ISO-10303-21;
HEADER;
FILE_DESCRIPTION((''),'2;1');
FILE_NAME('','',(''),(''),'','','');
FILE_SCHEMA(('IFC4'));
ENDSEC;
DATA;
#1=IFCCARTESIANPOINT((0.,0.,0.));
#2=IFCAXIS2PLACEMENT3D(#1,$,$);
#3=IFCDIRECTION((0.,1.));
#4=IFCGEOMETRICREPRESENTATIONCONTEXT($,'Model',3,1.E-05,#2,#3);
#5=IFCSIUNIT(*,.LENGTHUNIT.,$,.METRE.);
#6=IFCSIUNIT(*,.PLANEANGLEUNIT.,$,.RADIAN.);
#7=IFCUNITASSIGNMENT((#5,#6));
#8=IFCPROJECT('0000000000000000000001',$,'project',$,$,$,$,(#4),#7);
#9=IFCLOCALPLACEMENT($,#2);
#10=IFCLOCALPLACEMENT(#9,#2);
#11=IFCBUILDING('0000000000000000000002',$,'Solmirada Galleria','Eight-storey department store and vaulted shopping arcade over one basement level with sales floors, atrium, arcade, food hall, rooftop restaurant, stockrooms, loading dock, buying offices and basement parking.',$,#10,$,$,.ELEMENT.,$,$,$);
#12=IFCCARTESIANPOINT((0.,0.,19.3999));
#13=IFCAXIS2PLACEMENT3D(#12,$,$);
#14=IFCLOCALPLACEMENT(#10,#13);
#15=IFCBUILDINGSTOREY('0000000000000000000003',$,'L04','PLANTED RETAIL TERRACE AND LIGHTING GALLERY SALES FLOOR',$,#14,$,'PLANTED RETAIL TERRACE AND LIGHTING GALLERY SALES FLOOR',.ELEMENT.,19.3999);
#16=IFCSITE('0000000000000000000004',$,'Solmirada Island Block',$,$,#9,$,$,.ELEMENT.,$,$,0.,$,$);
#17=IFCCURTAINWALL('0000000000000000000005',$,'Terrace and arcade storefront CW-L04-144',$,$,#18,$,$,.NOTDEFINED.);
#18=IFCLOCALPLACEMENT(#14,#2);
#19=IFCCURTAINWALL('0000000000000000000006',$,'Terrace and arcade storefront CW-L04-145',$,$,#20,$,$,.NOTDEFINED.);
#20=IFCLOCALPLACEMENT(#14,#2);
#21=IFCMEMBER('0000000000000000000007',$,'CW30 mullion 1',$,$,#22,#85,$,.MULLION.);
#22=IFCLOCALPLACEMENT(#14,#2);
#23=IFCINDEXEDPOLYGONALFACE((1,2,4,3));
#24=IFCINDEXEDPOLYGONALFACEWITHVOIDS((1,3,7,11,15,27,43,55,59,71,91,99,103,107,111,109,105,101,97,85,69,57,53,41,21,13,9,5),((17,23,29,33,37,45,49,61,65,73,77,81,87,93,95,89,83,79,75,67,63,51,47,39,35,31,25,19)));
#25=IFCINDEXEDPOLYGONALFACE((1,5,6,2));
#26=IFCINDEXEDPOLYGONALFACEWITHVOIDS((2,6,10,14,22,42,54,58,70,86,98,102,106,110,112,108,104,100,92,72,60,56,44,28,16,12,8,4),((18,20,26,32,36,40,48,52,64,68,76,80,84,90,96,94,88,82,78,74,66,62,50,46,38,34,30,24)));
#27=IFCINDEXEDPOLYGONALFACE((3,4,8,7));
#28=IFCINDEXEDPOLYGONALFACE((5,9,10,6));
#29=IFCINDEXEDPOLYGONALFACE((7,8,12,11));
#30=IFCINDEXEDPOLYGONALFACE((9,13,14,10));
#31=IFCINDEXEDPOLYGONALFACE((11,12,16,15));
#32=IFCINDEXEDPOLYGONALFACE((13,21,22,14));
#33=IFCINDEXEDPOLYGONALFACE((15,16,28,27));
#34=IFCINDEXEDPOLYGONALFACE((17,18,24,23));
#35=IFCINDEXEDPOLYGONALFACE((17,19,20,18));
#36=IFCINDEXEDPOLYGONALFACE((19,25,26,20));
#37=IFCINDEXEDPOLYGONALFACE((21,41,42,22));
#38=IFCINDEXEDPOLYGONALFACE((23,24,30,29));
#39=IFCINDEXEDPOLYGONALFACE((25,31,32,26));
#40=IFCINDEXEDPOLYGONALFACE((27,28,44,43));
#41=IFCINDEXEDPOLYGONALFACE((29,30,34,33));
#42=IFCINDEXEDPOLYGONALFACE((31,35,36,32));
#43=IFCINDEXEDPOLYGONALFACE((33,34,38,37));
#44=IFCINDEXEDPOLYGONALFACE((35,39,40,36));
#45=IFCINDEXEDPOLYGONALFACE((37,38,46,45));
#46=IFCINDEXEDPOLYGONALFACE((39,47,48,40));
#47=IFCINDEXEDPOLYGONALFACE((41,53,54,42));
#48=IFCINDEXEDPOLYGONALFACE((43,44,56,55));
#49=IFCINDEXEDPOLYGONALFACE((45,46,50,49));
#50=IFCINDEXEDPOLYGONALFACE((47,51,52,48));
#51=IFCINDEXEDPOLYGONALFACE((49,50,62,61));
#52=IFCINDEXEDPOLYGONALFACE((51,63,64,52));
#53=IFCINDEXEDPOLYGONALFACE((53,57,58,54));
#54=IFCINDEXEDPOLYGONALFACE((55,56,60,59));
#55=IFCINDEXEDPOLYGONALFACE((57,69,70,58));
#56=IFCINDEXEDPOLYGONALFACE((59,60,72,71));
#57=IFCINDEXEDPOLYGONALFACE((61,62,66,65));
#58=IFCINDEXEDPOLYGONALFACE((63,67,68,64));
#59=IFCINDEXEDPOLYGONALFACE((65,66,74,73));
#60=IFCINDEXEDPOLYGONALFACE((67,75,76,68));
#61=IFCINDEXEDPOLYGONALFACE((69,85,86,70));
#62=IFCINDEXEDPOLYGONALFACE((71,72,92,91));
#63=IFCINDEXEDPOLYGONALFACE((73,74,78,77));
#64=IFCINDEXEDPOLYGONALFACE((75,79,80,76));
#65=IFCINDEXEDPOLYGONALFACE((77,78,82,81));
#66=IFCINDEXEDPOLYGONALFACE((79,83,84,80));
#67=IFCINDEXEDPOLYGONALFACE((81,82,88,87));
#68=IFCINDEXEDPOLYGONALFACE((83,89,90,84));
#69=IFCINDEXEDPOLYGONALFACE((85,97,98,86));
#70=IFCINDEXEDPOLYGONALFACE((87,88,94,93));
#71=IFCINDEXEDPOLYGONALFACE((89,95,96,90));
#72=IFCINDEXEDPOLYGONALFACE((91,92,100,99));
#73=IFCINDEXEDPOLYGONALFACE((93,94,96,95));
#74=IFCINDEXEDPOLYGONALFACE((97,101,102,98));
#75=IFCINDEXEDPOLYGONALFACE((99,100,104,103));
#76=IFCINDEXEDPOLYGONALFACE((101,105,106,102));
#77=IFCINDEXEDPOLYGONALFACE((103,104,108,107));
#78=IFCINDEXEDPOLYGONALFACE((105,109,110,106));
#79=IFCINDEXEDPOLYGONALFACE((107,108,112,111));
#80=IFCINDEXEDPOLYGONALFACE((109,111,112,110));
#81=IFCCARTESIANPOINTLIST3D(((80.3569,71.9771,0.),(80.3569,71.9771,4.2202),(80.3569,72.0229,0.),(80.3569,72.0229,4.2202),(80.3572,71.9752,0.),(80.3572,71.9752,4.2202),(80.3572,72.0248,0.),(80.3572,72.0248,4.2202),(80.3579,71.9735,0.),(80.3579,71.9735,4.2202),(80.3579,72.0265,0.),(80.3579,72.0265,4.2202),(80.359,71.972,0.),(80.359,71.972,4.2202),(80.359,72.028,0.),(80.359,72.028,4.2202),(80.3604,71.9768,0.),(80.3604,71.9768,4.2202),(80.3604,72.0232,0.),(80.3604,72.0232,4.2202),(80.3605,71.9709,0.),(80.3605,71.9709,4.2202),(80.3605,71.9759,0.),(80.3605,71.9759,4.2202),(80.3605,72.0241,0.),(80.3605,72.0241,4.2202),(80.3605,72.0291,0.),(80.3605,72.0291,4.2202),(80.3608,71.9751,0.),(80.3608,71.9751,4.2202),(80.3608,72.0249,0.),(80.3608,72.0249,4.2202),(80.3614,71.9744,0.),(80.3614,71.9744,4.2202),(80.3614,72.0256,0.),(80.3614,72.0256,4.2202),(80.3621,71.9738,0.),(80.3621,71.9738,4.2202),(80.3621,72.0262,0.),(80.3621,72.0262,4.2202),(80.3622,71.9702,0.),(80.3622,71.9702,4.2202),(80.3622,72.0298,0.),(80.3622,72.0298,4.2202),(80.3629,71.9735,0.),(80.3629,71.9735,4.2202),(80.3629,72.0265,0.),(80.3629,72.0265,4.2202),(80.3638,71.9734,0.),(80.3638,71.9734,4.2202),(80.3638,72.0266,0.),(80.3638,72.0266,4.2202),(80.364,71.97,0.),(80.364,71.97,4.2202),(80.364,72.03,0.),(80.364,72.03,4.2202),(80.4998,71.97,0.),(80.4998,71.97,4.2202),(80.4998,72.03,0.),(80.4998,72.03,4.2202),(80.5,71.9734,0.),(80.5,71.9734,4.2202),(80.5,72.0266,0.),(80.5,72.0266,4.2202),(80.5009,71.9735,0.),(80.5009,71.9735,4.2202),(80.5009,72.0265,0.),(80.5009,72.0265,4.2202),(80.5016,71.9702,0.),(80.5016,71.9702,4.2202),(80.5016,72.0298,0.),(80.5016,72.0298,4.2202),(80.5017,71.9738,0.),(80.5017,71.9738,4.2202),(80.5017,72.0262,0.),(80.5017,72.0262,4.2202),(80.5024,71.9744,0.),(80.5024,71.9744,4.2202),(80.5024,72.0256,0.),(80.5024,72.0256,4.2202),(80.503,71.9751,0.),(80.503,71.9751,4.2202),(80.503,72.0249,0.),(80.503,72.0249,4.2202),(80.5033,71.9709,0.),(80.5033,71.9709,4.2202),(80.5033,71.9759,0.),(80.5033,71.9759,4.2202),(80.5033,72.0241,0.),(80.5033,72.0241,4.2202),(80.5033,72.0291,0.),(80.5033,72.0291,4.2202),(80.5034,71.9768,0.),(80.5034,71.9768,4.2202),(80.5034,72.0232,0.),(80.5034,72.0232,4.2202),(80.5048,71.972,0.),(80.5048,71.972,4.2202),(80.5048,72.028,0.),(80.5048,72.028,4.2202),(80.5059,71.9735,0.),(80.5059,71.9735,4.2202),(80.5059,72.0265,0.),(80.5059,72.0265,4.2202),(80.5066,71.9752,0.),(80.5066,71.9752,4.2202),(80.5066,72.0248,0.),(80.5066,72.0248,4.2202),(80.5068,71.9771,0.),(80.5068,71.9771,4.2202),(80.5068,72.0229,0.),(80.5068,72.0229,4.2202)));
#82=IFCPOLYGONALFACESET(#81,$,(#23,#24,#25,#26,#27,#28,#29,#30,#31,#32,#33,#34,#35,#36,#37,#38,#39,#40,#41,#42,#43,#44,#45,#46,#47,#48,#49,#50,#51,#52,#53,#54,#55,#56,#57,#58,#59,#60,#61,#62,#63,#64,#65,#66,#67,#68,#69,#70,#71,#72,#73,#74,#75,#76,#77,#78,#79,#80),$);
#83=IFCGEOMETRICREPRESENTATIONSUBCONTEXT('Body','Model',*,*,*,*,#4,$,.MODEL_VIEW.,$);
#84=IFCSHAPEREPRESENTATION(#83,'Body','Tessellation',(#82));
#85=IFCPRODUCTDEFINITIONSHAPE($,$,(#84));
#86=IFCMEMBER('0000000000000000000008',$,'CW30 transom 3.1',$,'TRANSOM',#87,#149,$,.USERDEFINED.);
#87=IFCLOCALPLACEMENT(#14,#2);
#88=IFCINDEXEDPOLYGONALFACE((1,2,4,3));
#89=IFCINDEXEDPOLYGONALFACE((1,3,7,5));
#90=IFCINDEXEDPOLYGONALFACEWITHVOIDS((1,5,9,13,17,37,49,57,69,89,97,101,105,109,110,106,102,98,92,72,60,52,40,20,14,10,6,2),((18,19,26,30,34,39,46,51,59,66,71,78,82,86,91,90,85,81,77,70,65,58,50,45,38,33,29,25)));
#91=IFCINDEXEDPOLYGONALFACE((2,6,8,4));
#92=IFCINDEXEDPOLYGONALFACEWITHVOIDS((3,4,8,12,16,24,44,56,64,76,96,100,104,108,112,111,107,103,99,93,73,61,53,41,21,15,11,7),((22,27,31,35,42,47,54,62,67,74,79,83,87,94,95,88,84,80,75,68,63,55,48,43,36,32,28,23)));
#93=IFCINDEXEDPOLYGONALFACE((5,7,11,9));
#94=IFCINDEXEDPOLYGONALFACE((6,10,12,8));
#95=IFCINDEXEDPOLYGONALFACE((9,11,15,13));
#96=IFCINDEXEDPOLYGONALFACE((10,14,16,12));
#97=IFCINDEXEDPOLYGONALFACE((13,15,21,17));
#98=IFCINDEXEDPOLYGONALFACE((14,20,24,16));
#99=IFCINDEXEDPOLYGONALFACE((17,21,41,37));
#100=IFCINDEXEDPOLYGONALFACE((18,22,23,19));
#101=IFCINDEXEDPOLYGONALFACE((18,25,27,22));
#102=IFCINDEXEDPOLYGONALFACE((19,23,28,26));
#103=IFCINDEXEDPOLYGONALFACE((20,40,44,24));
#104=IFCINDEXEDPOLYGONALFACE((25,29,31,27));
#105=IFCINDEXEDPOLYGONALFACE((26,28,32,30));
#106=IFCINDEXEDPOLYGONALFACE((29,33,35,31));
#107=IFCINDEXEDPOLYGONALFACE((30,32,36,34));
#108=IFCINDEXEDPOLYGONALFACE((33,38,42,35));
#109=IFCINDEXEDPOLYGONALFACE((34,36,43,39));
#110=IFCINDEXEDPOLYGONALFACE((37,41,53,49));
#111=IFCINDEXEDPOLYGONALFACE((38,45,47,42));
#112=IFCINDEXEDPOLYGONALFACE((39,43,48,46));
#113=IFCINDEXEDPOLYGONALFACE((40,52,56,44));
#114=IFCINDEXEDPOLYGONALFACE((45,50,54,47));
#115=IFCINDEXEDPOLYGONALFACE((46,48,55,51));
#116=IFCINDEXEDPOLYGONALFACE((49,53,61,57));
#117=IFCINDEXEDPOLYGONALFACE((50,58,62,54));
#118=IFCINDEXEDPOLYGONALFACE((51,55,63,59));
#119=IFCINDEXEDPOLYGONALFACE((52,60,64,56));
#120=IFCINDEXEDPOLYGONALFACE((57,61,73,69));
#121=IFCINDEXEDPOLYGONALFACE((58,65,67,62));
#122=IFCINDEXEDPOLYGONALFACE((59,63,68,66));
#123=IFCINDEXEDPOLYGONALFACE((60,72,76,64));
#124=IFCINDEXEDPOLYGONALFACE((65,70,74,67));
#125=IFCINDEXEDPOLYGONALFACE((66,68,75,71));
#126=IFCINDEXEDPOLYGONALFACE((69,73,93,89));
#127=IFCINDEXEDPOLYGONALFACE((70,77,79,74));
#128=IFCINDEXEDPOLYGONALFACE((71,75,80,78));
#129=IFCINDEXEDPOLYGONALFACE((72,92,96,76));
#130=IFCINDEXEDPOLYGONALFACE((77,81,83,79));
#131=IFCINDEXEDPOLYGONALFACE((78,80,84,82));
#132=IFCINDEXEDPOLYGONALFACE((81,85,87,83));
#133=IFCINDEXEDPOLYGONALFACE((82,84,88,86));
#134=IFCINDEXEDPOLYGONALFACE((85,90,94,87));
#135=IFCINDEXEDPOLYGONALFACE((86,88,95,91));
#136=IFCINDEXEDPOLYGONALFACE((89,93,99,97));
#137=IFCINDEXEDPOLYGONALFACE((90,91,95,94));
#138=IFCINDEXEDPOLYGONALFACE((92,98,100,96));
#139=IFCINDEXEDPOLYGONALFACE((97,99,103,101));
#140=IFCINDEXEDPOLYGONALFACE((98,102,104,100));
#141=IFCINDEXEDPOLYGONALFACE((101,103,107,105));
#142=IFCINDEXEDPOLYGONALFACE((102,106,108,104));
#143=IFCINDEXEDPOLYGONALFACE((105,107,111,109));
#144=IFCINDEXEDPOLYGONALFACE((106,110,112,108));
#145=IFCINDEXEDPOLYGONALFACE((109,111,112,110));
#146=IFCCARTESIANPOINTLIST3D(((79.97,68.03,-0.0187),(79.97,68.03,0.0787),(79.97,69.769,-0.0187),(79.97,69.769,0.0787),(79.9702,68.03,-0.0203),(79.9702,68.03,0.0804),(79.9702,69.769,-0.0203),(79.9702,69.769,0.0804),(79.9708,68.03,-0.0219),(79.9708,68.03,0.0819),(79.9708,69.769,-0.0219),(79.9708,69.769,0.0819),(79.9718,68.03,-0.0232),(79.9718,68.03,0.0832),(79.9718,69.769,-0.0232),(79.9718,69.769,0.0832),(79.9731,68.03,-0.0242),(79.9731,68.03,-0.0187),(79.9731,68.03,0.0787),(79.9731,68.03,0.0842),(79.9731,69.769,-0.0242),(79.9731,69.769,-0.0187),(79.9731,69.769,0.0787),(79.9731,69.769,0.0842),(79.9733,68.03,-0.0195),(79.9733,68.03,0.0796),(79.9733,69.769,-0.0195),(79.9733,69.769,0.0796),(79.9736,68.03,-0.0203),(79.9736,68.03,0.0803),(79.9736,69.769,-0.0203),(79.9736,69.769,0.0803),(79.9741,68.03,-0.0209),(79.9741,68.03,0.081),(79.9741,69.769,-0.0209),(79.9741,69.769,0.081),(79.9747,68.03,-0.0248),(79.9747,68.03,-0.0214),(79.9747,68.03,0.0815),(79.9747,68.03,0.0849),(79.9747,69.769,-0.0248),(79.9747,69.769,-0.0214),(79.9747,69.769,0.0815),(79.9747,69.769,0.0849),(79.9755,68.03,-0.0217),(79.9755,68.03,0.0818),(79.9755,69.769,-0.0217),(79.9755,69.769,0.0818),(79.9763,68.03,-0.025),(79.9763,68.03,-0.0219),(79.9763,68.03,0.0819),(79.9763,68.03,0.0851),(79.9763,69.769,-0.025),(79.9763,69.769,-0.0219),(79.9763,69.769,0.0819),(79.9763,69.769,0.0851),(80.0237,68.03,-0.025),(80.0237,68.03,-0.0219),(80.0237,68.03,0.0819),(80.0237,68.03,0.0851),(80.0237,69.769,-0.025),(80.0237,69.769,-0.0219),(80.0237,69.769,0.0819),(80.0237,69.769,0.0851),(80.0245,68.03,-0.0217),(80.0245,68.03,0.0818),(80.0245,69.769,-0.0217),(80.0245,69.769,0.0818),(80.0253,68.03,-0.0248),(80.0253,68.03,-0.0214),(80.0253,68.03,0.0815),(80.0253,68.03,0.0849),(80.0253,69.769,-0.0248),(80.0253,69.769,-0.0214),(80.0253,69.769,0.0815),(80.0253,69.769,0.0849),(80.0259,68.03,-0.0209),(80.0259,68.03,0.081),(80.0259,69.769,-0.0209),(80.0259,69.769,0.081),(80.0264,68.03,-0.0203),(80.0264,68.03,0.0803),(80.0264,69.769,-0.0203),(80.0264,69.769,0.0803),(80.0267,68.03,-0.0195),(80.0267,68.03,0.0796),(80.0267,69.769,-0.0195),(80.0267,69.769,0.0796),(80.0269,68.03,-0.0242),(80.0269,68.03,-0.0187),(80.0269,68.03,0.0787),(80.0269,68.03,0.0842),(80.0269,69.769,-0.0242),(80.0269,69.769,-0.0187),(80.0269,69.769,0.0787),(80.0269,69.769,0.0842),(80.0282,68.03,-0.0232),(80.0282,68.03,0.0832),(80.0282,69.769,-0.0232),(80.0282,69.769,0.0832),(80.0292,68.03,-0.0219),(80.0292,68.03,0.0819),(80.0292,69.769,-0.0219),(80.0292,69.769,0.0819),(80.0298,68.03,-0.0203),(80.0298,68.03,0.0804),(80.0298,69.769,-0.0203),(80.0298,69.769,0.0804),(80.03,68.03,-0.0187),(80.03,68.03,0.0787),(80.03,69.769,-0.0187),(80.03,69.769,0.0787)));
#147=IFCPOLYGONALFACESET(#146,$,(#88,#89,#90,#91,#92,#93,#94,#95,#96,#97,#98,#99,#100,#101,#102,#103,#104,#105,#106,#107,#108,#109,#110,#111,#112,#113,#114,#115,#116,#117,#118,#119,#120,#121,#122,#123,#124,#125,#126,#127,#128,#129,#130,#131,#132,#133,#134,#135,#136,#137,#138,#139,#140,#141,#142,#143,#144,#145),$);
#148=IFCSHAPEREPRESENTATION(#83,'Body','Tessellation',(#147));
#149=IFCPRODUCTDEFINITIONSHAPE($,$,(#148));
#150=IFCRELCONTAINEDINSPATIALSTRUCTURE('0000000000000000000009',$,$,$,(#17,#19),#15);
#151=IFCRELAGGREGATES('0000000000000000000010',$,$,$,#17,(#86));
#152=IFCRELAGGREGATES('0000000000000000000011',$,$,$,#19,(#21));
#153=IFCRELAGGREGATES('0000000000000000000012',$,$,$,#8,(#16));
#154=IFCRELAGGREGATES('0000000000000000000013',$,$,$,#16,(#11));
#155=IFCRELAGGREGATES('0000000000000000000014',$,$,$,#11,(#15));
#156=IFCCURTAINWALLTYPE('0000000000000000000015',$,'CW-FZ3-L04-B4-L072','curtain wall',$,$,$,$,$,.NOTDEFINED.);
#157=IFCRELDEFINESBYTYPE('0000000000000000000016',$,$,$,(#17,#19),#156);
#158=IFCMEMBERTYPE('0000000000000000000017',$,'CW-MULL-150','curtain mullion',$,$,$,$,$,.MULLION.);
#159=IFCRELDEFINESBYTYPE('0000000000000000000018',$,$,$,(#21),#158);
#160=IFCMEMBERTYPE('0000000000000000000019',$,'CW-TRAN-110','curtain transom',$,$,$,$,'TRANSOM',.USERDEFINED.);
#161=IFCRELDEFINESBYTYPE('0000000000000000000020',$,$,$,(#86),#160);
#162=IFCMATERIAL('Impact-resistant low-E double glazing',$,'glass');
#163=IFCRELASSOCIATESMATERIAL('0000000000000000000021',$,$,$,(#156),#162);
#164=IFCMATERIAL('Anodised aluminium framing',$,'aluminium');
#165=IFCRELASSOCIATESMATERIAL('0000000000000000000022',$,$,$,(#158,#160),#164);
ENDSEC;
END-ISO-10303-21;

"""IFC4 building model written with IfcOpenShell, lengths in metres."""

from ifc_helpers import new_model, si_unit, direction, frame, origin, origin_2d, place, context, subcontext, project, spatial, hollow_rectangle, extrude, material, material_profile, profile_set, type_object, element, aggregate, save


model = new_model("IFC4")

# Units and contexts
model_context = context("Model", 3, precision=1e-05, world=origin(), true_north=direction((0.0, 1.0)))
body_context = subcontext(model_context, "Body", "Model", "MODEL_VIEW")
ifc_project = project(units=[si_unit("LENGTHUNIT", "METRE"), si_unit("PLANEANGLEUNIT", "RADIAN")], contexts=[model_context])

# Site, building, storey
site_placement = place(None, origin())
site = spatial("IfcSite", under=ifc_project, at=site_placement, Name="Solmirada Island Block", CompositionType="ELEMENT", RefElevation=0.0)
building_placement = place(site_placement, origin())
building = spatial("IfcBuilding", under=site, at=building_placement, Name="Solmirada Galleria", Description="Eight-storey department store and vaulted shopping arcade over one basement level with sales floors, atrium, arcade, food hall, rooftop restaurant, stockrooms, loading dock, buying offices and basement parking.", CompositionType="ELEMENT")
storey_placement = place(building_placement, frame((0.0, 0.0, 19.3999)))
storey = spatial("IfcBuildingStorey", under=building, at=storey_placement, Name="L04", Description="PLANTED RETAIL TERRACE AND LIGHTING GALLERY SALES FLOOR", LongName="PLANTED RETAIL TERRACE AND LIGHTING GALLERY SALES FLOOR", CompositionType="ELEMENT", Elevation=19.3999)

# Curtain wall
ifc_material_1 = material(Name="Impact-resistant low-E double glazing", Category="glass")
curtain_wall_type = type_object("IfcCurtainWallType", Name="CW-FZ3-L04-B4-L072", Description="curtain wall", PredefinedType="NOTDEFINED", material=ifc_material_1)
curtain_wall_1_placement = place(storey_placement, origin())
curtain_wall_1 = element("IfcCurtainWall", 1, at=curtain_wall_1_placement, inside=storey, type_object=curtain_wall_type, Name="Terrace and arcade storefront CW-L04-144", PredefinedType="NOTDEFINED")
ifc_material_2 = material(Name="Anodised aluminium framing", Category="aluminium")
ifc_material_profile_1 = material_profile(ifc_material_2, hollow_rectangle(XDim=0.0601, YDim=0.1499, WallThickness=0.0034, InnerFilletRadius=0.0034, OuterFilletRadius=0.0071, at=origin_2d()), Name="ALU-MULL-150X60")
ifc_profile_set_1 = profile_set([ifc_material_profile_1], Name="Anodised aluminium framing")
member_type_1 = type_object("IfcMemberType", Name="CW-MULL-150", Description="curtain mullion", PredefinedType="MULLION", material=ifc_profile_set_1)

# Curtain wall, member
curtain_wall_2_placement = place(storey_placement, origin())
curtain_wall_2 = element("IfcCurtainWall", 2, at=curtain_wall_2_placement, inside=storey, type_object=curtain_wall_type, Name="Terrace and arcade storefront CW-L04-145", PredefinedType="NOTDEFINED")
member_1_placement = place(storey_placement, frame((80.4319, 72.0, 0.0), z_axis=(0.0, 0.0, 1.0), x_axis=(0.0, 1.0, 0.0)))
member_1 = element("IfcMember", 3, at=member_1_placement, type_object=member_type_1, Name="CW30 mullion 1", PredefinedType="MULLION", context=body_context, shape_type="SweptSolid", body=[
    extrude(hollow_rectangle(XDim=0.0601, YDim=0.1499, WallThickness=0.0034, InnerFilletRadius=0.0034, OuterFilletRadius=0.0071, at=origin_2d()), origin(), (0.0, 0.0, 1.0), 4.2202),
])

# Member
ifc_material_profile_2 = material_profile(ifc_material_2, hollow_rectangle(XDim=0.0601, YDim=0.1101, WallThickness=0.0032, InnerFilletRadius=0.0032, OuterFilletRadius=0.0063, at=origin_2d()), Name="ALU-TRAN-110X60")
ifc_profile_set_2 = profile_set([ifc_material_profile_2], Name="Anodised aluminium framing")
member_type_2 = type_object("IfcMemberType", Name="CW-TRAN-110", Description="curtain transom", ElementType="TRANSOM", PredefinedType="USERDEFINED", material=ifc_profile_set_2)
member_2_placement = place(storey_placement, frame((80.0, 68.03, 0.03), z_axis=(0.0, 1.0, 0.0), x_axis=(-1.0, 0.0, 0.0)))
member_2 = element("IfcMember", 4, at=member_2_placement, type_object=member_type_2, Name="CW30 transom 3.1", ObjectType="TRANSOM", PredefinedType="USERDEFINED", context=body_context, shape_type="SweptSolid", body=[
    extrude(hollow_rectangle(XDim=0.0601, YDim=0.1101, WallThickness=0.0032, InnerFilletRadius=0.0032, OuterFilletRadius=0.0063, at=origin_2d()), origin(), (0.0, 0.0, 1.0), 1.739),
])

aggregate(curtain_wall_1, [member_2])
aggregate(curtain_wall_2, [member_1])

save(model, "model.ifc")
